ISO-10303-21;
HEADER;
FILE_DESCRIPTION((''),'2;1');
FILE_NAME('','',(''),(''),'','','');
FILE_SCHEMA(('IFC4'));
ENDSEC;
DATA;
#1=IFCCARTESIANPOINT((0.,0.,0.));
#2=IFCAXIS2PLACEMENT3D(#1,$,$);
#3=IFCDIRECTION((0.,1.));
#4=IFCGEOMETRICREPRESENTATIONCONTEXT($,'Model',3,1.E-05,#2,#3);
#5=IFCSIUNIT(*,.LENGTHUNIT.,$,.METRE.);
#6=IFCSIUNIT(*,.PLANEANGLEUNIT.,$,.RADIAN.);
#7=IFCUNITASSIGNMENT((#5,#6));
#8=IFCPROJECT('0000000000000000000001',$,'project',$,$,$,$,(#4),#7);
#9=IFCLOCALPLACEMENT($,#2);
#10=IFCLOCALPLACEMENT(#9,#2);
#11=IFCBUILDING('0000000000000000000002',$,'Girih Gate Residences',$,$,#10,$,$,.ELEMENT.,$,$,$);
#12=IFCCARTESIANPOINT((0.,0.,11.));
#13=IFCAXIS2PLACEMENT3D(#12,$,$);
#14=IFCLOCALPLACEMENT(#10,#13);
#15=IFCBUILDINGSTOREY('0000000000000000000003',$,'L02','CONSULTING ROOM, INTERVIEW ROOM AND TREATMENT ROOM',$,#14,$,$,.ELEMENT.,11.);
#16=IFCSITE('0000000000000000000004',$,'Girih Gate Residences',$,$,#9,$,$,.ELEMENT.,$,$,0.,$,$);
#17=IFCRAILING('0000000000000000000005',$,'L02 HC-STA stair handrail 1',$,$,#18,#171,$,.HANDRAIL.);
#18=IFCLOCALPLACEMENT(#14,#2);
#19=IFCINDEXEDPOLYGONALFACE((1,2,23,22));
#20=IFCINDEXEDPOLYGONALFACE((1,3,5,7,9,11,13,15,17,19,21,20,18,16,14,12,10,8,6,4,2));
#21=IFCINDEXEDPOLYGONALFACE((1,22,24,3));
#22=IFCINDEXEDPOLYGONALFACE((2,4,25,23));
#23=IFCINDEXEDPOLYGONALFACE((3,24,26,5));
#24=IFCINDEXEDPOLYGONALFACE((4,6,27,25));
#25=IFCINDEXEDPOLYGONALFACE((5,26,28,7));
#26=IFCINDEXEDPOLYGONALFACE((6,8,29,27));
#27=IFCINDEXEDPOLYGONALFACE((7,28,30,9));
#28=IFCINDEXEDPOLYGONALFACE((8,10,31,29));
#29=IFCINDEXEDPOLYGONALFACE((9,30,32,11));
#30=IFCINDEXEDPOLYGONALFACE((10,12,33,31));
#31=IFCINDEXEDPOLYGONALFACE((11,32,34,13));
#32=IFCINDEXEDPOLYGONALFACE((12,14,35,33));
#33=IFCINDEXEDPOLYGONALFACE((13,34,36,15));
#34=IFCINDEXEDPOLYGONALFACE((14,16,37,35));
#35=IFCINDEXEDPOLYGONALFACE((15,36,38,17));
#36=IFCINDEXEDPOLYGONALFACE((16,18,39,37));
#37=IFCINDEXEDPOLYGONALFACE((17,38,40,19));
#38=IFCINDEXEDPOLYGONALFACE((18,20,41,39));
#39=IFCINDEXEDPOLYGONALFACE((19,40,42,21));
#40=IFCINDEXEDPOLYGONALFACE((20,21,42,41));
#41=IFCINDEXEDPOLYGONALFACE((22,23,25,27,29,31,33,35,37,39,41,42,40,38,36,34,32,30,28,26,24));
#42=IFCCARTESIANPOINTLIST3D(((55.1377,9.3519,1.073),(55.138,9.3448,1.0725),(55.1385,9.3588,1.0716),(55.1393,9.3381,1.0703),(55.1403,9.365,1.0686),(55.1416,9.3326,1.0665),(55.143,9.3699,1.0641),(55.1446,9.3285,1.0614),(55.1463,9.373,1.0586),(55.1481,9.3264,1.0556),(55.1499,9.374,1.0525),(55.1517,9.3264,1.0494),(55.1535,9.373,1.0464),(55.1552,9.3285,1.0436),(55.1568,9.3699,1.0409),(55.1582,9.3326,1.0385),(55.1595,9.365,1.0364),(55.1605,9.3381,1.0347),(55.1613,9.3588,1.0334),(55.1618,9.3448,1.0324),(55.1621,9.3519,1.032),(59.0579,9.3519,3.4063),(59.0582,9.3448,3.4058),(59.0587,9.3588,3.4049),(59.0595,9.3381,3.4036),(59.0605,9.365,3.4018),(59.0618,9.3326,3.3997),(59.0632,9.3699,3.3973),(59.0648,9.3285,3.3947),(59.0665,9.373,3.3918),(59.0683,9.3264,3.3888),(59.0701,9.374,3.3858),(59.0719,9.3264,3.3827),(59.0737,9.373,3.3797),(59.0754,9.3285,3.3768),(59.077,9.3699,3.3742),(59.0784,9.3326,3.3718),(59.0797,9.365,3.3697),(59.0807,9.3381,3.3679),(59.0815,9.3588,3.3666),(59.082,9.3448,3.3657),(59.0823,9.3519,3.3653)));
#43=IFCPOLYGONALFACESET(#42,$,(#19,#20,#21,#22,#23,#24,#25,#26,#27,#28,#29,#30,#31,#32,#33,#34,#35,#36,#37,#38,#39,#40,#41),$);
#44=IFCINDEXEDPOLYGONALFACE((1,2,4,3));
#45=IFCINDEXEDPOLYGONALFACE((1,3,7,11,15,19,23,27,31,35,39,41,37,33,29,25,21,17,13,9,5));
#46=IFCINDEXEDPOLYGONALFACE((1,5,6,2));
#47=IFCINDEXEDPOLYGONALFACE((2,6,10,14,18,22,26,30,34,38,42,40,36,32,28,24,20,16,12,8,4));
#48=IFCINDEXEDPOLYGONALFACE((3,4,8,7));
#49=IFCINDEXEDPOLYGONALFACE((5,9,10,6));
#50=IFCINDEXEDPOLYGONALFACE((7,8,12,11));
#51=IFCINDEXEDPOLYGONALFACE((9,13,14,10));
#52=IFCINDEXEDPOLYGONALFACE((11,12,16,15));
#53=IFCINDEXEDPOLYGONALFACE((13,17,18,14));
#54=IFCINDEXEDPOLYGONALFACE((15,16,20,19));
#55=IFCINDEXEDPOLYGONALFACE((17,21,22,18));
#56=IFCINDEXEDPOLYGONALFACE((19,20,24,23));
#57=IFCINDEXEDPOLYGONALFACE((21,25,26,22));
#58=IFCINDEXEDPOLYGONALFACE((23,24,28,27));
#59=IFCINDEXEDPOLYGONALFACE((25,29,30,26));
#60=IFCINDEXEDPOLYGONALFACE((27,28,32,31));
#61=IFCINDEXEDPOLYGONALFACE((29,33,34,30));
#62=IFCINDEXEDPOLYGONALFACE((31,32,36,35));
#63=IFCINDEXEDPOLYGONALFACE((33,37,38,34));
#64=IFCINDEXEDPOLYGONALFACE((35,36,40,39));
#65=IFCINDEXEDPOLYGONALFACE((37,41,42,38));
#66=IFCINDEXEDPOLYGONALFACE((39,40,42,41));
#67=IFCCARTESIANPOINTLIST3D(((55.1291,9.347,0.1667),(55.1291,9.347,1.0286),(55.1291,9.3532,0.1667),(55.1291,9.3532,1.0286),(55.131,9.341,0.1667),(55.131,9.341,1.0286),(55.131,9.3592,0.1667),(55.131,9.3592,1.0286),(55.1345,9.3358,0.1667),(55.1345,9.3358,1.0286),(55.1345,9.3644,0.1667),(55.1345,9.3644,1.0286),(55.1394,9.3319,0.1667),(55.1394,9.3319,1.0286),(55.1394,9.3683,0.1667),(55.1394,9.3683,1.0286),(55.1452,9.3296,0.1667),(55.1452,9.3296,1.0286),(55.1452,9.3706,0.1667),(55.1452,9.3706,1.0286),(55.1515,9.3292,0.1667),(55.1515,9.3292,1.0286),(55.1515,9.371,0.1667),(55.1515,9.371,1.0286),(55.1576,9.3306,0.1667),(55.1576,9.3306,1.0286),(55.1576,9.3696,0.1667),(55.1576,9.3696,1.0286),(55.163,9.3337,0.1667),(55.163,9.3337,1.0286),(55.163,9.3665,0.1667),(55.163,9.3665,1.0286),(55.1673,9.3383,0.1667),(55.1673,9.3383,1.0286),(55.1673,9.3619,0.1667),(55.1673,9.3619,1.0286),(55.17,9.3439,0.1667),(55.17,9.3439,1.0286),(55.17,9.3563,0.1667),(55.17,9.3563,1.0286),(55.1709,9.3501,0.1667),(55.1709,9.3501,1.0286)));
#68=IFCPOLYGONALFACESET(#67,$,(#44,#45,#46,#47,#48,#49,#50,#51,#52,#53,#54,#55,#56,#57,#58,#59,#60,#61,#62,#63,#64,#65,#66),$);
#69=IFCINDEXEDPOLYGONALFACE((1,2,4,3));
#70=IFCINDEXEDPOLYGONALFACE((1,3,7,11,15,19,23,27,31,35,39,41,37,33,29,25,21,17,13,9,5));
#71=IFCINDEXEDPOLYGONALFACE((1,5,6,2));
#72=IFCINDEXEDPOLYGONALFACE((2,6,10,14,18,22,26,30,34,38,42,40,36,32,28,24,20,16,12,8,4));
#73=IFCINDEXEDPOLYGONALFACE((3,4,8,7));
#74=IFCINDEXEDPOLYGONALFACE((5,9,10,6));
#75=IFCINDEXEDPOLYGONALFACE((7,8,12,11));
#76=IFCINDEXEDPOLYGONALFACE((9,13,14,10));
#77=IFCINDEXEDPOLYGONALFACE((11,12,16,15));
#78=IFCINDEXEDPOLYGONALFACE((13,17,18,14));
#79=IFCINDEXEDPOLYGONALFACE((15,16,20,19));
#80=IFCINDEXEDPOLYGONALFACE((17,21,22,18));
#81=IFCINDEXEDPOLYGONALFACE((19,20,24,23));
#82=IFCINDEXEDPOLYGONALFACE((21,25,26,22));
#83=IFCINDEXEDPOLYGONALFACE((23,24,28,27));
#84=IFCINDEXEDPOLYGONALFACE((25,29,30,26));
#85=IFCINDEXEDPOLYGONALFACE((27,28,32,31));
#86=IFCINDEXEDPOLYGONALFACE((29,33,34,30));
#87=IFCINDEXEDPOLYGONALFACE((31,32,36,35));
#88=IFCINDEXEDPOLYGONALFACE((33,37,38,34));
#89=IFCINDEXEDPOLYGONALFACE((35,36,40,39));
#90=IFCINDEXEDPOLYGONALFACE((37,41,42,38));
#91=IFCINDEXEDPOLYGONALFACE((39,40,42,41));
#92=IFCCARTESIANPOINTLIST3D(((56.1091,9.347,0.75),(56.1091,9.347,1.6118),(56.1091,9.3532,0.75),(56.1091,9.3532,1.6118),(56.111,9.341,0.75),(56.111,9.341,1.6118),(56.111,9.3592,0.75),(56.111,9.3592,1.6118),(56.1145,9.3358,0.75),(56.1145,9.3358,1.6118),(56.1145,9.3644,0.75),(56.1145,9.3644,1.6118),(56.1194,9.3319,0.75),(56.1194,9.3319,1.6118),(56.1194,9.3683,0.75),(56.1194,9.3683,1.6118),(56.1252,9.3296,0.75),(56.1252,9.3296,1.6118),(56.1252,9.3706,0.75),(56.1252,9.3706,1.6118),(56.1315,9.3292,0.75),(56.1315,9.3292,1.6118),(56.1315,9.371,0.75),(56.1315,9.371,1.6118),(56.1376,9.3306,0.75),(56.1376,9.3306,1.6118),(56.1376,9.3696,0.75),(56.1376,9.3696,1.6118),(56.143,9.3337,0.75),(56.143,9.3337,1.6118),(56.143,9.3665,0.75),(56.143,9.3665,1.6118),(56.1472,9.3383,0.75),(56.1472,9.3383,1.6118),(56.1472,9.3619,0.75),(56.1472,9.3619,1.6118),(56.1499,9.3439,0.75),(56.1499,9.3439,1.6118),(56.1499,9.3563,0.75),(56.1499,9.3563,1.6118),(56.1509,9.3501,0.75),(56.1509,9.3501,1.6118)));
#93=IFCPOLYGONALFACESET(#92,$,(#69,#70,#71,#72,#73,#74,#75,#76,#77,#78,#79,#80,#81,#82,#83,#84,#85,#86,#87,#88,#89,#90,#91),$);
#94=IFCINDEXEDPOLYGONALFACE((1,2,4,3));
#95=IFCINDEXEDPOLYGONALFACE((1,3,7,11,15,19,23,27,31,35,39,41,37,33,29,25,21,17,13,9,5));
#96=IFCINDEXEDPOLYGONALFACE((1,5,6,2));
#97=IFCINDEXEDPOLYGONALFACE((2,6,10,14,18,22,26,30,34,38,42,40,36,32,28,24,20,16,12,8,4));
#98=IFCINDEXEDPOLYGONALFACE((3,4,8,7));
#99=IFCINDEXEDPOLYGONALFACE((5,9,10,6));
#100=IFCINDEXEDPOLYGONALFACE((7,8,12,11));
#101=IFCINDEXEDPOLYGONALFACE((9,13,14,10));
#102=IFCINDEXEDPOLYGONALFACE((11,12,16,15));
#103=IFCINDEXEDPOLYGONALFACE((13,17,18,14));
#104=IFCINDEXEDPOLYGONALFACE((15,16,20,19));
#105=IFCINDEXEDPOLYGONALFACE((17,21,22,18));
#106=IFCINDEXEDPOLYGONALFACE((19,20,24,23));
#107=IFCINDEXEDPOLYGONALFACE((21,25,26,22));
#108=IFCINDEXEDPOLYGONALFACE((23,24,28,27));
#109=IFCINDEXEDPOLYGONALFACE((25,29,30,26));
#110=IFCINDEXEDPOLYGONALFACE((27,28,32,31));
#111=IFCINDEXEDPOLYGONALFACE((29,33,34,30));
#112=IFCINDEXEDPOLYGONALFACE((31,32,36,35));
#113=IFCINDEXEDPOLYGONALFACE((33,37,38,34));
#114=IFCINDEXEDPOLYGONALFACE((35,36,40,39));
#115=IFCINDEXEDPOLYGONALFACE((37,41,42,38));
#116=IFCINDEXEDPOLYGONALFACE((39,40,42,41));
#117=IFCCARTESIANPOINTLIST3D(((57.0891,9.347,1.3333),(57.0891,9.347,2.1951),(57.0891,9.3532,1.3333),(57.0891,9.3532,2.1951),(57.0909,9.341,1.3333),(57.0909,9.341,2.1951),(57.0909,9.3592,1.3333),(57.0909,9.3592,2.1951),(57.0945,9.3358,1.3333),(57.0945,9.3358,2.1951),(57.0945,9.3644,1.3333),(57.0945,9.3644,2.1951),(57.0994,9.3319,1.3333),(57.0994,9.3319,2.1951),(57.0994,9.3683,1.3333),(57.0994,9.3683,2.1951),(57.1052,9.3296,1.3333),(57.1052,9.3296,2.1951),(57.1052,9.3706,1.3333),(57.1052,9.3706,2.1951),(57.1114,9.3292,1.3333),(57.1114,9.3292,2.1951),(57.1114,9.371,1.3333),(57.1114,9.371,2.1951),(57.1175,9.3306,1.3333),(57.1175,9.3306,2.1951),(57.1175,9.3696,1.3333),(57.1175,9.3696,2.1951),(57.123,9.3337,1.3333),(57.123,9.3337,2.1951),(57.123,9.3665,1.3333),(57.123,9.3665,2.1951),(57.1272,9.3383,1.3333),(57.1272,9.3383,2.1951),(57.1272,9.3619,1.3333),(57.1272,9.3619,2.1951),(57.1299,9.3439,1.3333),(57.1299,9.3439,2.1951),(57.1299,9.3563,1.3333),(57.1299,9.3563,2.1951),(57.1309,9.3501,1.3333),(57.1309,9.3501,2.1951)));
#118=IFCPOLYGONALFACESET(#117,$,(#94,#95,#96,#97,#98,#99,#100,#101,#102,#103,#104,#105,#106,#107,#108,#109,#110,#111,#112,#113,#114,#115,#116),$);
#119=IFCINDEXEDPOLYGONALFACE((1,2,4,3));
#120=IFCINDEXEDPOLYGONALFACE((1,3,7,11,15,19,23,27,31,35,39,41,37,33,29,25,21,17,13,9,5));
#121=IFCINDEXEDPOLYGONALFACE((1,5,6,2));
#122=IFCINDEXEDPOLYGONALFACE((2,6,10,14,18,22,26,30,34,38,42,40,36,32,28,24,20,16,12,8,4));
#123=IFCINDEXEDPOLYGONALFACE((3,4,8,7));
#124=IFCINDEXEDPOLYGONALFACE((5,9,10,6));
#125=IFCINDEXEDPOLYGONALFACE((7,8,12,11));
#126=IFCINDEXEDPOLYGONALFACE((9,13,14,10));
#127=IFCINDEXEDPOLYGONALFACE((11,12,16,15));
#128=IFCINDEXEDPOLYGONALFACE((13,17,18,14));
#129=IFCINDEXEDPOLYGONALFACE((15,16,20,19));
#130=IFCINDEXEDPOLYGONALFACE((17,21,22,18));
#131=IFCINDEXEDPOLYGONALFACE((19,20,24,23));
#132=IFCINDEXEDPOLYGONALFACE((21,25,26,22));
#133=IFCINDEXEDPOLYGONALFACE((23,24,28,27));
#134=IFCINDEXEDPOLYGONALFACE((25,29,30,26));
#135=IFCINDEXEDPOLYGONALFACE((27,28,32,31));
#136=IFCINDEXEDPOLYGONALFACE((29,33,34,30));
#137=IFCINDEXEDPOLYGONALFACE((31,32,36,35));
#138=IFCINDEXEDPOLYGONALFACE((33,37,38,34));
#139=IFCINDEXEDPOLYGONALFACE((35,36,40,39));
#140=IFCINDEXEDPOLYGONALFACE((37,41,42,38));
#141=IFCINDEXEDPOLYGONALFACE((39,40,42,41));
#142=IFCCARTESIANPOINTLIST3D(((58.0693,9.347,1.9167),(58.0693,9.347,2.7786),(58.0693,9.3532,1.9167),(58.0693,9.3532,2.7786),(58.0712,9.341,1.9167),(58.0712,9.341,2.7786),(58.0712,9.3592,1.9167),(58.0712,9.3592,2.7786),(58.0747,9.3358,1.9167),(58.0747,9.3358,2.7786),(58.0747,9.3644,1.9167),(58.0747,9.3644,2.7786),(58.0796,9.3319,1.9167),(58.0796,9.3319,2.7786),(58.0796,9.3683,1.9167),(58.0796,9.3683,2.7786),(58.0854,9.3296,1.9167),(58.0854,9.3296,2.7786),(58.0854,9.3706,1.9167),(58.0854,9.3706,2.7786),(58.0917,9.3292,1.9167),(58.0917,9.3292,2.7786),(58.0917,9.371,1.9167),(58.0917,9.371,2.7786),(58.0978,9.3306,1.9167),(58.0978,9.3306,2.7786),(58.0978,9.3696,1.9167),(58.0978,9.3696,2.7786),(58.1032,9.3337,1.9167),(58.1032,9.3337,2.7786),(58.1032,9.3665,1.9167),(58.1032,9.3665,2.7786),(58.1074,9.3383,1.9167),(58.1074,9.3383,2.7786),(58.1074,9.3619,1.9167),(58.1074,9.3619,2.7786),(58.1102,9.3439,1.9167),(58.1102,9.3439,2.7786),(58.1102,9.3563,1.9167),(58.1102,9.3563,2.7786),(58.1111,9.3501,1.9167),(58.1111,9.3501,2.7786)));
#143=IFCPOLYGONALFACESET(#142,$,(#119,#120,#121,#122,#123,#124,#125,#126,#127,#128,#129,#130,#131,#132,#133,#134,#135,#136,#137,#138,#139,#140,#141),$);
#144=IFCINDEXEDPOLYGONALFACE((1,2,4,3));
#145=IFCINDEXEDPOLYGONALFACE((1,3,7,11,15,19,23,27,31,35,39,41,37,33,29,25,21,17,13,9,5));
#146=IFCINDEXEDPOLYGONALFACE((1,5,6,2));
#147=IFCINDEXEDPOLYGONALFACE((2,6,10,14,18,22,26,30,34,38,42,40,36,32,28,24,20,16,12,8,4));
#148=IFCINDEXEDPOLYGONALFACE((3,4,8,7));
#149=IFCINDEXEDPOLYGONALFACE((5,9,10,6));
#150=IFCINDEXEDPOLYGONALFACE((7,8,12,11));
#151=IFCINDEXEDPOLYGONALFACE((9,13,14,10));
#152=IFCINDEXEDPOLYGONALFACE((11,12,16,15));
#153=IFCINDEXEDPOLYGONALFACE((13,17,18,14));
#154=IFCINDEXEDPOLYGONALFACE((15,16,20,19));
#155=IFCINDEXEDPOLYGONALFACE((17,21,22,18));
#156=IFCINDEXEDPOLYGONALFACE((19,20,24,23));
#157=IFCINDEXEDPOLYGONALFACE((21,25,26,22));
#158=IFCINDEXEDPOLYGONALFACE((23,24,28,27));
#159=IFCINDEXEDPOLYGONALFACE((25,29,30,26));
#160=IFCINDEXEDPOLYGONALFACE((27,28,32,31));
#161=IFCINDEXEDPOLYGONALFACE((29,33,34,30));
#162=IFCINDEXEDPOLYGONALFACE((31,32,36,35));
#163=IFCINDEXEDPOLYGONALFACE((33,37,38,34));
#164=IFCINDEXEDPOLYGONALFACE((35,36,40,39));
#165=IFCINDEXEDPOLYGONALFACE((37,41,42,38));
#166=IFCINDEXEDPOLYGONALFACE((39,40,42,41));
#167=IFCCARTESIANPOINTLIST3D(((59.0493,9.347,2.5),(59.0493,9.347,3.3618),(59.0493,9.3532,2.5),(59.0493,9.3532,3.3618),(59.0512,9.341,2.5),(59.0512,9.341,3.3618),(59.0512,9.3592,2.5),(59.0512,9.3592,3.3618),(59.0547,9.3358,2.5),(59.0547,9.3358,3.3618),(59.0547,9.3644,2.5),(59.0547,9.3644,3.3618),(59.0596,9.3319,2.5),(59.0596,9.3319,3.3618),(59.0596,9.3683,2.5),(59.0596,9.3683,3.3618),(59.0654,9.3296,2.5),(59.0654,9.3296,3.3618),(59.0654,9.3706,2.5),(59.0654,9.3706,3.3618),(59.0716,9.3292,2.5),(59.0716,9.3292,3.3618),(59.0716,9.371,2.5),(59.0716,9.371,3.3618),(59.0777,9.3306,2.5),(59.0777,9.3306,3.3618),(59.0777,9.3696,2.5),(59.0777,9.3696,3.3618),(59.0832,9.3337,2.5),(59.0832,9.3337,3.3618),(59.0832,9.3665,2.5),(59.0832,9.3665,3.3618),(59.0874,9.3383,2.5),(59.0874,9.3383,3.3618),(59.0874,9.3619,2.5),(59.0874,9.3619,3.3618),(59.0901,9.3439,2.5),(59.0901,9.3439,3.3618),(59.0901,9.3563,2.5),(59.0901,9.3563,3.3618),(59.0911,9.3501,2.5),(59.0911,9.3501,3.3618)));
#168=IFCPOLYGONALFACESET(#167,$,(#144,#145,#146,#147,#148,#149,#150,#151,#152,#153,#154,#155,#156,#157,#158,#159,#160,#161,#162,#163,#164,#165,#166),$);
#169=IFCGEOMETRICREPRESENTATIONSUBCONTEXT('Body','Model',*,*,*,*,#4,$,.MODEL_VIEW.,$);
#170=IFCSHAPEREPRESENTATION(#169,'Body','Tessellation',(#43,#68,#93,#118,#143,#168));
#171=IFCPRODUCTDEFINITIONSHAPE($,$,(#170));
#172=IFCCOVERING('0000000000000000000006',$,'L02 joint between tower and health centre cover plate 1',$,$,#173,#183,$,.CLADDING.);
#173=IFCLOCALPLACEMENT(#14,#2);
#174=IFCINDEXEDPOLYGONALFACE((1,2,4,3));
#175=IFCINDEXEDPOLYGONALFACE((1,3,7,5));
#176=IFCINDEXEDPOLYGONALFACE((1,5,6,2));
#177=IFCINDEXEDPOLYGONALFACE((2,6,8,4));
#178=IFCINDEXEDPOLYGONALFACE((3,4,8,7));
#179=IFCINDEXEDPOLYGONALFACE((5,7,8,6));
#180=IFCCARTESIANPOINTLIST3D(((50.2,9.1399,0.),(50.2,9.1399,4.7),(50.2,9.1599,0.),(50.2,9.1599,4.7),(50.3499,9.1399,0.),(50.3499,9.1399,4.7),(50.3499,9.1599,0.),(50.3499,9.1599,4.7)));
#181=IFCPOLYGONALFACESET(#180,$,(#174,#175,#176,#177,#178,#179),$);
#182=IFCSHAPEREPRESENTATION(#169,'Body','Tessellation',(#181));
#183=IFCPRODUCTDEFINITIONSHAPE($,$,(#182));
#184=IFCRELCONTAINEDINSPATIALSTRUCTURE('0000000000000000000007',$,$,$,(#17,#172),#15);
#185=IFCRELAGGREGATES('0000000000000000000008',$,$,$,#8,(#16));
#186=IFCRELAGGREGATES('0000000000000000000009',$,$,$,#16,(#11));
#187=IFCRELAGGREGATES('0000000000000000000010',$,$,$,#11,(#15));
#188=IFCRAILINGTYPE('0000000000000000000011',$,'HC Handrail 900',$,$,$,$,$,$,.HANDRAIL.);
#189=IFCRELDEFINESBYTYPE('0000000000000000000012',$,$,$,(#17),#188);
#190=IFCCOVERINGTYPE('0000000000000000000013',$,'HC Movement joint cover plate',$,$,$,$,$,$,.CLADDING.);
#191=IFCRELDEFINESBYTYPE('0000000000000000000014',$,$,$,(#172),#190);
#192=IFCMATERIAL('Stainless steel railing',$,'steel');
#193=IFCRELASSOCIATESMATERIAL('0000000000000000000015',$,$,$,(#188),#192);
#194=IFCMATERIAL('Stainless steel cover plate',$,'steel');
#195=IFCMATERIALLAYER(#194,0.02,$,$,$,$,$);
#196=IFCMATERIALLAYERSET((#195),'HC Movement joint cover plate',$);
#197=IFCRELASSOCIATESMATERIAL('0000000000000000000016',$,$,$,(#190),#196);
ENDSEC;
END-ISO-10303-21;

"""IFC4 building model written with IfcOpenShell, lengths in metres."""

from ifc_helpers import new_model, si_unit, direction, frame, origin, origin_2d, place, context, subcontext, project, spatial, rectangle, circle, extrude, material, layer, layer_set, type_object, element, save


model = new_model("IFC4")

# Units and contexts
model_context = context("Model", 3, precision=1e-05, world=origin(), true_north=direction((0.0, 1.0)))
body_context = subcontext(model_context, "Body", "Model", "MODEL_VIEW")
ifc_project = project(units=[si_unit("LENGTHUNIT", "METRE"), si_unit("PLANEANGLEUNIT", "RADIAN")], contexts=[model_context])

# Site, building, storey
site_placement = place(None, origin())
site = spatial("IfcSite", under=ifc_project, at=site_placement, Name="Girih Gate Residences", CompositionType="ELEMENT", RefElevation=0.0)
building_placement = place(site_placement, origin())
building = spatial("IfcBuilding", under=site, at=building_placement, Name="Girih Gate Residences", CompositionType="ELEMENT")
storey_placement = place(building_placement, frame((0.0, 0.0, 11.0)))
storey = spatial("IfcBuildingStorey", under=building, at=storey_placement, Name="L02", Description="CONSULTING ROOM, INTERVIEW ROOM AND TREATMENT ROOM", CompositionType="ELEMENT", Elevation=11.0)

# Railing
ifc_material_1 = material(Name="Stainless steel railing", Category="steel")
railing_type_1 = type_object("IfcRailingType", Name="HC Handrail 900", PredefinedType="HANDRAIL", material=ifc_material_1)
railing_1_placement = place(storey_placement, frame((55.1499, 9.3501, 0.1667)))
element("IfcRailing", 1, at=railing_1_placement, inside=storey, type_object=railing_type_1, Name="L02 HC-STA stair handrail 1", PredefinedType="HANDRAIL", context=body_context, shape_type="SweptSolid", body=[
    extrude(circle(Radius=0.0239, at=origin_2d()), frame((0.0, 0.0, 0.8857), z_axis=(0.85931, 0.0, 0.511455), x_axis=(0.0, 1.0, 0.0)), (0.0, 0.0, 1.0), 4.562),
    extrude(circle(Radius=0.021, at=origin_2d()), origin(), (0.0, 0.0, 1.0), 0.8618),
    extrude(circle(Radius=0.021, at=origin_2d()), frame((0.98, 0.0, 0.5833)), (0.0, 0.0, 1.0), 0.8618),
    extrude(circle(Radius=0.021, at=origin_2d()), frame((1.96, 0.0, 1.1665)), (0.0, 0.0, 1.0), 0.8618),
    extrude(circle(Radius=0.021, at=origin_2d()), frame((2.9402, 0.0, 1.75)), (0.0, 0.0, 1.0), 0.8618),
    extrude(circle(Radius=0.021, at=origin_2d()), frame((3.9202, 0.0, 2.3333)), (0.0, 0.0, 1.0), 0.8618),
])

# Covering
ifc_material_2 = material(Name="Stainless steel cover plate", Category="steel")
ifc_layer_1 = layer(ifc_material_2, 0.02)
ifc_layer_set_1 = layer_set([ifc_layer_1], Name="HC Movement joint cover plate")
covering_type = type_object("IfcCoveringType", Name="HC Movement joint cover plate", PredefinedType="CLADDING", material=ifc_layer_set_1)
covering_placement = place(storey_placement, frame((50.2749, 9.1499, 0.0), z_axis=(0.0, 0.0, 1.0), x_axis=(1.0, 0.0, 0.0)))
element("IfcCovering", 2, at=covering_placement, inside=storey, type_object=covering_type, Name="L02 joint between tower and health centre cover plate 1", PredefinedType="CLADDING", context=body_context, shape_type="SweptSolid", body=[
    extrude(rectangle(XDim=0.1499, YDim=0.02, at=origin_2d()), origin(), (0.0, 0.0, 1.0), 4.7),
])

save(model, "model.ifc")
